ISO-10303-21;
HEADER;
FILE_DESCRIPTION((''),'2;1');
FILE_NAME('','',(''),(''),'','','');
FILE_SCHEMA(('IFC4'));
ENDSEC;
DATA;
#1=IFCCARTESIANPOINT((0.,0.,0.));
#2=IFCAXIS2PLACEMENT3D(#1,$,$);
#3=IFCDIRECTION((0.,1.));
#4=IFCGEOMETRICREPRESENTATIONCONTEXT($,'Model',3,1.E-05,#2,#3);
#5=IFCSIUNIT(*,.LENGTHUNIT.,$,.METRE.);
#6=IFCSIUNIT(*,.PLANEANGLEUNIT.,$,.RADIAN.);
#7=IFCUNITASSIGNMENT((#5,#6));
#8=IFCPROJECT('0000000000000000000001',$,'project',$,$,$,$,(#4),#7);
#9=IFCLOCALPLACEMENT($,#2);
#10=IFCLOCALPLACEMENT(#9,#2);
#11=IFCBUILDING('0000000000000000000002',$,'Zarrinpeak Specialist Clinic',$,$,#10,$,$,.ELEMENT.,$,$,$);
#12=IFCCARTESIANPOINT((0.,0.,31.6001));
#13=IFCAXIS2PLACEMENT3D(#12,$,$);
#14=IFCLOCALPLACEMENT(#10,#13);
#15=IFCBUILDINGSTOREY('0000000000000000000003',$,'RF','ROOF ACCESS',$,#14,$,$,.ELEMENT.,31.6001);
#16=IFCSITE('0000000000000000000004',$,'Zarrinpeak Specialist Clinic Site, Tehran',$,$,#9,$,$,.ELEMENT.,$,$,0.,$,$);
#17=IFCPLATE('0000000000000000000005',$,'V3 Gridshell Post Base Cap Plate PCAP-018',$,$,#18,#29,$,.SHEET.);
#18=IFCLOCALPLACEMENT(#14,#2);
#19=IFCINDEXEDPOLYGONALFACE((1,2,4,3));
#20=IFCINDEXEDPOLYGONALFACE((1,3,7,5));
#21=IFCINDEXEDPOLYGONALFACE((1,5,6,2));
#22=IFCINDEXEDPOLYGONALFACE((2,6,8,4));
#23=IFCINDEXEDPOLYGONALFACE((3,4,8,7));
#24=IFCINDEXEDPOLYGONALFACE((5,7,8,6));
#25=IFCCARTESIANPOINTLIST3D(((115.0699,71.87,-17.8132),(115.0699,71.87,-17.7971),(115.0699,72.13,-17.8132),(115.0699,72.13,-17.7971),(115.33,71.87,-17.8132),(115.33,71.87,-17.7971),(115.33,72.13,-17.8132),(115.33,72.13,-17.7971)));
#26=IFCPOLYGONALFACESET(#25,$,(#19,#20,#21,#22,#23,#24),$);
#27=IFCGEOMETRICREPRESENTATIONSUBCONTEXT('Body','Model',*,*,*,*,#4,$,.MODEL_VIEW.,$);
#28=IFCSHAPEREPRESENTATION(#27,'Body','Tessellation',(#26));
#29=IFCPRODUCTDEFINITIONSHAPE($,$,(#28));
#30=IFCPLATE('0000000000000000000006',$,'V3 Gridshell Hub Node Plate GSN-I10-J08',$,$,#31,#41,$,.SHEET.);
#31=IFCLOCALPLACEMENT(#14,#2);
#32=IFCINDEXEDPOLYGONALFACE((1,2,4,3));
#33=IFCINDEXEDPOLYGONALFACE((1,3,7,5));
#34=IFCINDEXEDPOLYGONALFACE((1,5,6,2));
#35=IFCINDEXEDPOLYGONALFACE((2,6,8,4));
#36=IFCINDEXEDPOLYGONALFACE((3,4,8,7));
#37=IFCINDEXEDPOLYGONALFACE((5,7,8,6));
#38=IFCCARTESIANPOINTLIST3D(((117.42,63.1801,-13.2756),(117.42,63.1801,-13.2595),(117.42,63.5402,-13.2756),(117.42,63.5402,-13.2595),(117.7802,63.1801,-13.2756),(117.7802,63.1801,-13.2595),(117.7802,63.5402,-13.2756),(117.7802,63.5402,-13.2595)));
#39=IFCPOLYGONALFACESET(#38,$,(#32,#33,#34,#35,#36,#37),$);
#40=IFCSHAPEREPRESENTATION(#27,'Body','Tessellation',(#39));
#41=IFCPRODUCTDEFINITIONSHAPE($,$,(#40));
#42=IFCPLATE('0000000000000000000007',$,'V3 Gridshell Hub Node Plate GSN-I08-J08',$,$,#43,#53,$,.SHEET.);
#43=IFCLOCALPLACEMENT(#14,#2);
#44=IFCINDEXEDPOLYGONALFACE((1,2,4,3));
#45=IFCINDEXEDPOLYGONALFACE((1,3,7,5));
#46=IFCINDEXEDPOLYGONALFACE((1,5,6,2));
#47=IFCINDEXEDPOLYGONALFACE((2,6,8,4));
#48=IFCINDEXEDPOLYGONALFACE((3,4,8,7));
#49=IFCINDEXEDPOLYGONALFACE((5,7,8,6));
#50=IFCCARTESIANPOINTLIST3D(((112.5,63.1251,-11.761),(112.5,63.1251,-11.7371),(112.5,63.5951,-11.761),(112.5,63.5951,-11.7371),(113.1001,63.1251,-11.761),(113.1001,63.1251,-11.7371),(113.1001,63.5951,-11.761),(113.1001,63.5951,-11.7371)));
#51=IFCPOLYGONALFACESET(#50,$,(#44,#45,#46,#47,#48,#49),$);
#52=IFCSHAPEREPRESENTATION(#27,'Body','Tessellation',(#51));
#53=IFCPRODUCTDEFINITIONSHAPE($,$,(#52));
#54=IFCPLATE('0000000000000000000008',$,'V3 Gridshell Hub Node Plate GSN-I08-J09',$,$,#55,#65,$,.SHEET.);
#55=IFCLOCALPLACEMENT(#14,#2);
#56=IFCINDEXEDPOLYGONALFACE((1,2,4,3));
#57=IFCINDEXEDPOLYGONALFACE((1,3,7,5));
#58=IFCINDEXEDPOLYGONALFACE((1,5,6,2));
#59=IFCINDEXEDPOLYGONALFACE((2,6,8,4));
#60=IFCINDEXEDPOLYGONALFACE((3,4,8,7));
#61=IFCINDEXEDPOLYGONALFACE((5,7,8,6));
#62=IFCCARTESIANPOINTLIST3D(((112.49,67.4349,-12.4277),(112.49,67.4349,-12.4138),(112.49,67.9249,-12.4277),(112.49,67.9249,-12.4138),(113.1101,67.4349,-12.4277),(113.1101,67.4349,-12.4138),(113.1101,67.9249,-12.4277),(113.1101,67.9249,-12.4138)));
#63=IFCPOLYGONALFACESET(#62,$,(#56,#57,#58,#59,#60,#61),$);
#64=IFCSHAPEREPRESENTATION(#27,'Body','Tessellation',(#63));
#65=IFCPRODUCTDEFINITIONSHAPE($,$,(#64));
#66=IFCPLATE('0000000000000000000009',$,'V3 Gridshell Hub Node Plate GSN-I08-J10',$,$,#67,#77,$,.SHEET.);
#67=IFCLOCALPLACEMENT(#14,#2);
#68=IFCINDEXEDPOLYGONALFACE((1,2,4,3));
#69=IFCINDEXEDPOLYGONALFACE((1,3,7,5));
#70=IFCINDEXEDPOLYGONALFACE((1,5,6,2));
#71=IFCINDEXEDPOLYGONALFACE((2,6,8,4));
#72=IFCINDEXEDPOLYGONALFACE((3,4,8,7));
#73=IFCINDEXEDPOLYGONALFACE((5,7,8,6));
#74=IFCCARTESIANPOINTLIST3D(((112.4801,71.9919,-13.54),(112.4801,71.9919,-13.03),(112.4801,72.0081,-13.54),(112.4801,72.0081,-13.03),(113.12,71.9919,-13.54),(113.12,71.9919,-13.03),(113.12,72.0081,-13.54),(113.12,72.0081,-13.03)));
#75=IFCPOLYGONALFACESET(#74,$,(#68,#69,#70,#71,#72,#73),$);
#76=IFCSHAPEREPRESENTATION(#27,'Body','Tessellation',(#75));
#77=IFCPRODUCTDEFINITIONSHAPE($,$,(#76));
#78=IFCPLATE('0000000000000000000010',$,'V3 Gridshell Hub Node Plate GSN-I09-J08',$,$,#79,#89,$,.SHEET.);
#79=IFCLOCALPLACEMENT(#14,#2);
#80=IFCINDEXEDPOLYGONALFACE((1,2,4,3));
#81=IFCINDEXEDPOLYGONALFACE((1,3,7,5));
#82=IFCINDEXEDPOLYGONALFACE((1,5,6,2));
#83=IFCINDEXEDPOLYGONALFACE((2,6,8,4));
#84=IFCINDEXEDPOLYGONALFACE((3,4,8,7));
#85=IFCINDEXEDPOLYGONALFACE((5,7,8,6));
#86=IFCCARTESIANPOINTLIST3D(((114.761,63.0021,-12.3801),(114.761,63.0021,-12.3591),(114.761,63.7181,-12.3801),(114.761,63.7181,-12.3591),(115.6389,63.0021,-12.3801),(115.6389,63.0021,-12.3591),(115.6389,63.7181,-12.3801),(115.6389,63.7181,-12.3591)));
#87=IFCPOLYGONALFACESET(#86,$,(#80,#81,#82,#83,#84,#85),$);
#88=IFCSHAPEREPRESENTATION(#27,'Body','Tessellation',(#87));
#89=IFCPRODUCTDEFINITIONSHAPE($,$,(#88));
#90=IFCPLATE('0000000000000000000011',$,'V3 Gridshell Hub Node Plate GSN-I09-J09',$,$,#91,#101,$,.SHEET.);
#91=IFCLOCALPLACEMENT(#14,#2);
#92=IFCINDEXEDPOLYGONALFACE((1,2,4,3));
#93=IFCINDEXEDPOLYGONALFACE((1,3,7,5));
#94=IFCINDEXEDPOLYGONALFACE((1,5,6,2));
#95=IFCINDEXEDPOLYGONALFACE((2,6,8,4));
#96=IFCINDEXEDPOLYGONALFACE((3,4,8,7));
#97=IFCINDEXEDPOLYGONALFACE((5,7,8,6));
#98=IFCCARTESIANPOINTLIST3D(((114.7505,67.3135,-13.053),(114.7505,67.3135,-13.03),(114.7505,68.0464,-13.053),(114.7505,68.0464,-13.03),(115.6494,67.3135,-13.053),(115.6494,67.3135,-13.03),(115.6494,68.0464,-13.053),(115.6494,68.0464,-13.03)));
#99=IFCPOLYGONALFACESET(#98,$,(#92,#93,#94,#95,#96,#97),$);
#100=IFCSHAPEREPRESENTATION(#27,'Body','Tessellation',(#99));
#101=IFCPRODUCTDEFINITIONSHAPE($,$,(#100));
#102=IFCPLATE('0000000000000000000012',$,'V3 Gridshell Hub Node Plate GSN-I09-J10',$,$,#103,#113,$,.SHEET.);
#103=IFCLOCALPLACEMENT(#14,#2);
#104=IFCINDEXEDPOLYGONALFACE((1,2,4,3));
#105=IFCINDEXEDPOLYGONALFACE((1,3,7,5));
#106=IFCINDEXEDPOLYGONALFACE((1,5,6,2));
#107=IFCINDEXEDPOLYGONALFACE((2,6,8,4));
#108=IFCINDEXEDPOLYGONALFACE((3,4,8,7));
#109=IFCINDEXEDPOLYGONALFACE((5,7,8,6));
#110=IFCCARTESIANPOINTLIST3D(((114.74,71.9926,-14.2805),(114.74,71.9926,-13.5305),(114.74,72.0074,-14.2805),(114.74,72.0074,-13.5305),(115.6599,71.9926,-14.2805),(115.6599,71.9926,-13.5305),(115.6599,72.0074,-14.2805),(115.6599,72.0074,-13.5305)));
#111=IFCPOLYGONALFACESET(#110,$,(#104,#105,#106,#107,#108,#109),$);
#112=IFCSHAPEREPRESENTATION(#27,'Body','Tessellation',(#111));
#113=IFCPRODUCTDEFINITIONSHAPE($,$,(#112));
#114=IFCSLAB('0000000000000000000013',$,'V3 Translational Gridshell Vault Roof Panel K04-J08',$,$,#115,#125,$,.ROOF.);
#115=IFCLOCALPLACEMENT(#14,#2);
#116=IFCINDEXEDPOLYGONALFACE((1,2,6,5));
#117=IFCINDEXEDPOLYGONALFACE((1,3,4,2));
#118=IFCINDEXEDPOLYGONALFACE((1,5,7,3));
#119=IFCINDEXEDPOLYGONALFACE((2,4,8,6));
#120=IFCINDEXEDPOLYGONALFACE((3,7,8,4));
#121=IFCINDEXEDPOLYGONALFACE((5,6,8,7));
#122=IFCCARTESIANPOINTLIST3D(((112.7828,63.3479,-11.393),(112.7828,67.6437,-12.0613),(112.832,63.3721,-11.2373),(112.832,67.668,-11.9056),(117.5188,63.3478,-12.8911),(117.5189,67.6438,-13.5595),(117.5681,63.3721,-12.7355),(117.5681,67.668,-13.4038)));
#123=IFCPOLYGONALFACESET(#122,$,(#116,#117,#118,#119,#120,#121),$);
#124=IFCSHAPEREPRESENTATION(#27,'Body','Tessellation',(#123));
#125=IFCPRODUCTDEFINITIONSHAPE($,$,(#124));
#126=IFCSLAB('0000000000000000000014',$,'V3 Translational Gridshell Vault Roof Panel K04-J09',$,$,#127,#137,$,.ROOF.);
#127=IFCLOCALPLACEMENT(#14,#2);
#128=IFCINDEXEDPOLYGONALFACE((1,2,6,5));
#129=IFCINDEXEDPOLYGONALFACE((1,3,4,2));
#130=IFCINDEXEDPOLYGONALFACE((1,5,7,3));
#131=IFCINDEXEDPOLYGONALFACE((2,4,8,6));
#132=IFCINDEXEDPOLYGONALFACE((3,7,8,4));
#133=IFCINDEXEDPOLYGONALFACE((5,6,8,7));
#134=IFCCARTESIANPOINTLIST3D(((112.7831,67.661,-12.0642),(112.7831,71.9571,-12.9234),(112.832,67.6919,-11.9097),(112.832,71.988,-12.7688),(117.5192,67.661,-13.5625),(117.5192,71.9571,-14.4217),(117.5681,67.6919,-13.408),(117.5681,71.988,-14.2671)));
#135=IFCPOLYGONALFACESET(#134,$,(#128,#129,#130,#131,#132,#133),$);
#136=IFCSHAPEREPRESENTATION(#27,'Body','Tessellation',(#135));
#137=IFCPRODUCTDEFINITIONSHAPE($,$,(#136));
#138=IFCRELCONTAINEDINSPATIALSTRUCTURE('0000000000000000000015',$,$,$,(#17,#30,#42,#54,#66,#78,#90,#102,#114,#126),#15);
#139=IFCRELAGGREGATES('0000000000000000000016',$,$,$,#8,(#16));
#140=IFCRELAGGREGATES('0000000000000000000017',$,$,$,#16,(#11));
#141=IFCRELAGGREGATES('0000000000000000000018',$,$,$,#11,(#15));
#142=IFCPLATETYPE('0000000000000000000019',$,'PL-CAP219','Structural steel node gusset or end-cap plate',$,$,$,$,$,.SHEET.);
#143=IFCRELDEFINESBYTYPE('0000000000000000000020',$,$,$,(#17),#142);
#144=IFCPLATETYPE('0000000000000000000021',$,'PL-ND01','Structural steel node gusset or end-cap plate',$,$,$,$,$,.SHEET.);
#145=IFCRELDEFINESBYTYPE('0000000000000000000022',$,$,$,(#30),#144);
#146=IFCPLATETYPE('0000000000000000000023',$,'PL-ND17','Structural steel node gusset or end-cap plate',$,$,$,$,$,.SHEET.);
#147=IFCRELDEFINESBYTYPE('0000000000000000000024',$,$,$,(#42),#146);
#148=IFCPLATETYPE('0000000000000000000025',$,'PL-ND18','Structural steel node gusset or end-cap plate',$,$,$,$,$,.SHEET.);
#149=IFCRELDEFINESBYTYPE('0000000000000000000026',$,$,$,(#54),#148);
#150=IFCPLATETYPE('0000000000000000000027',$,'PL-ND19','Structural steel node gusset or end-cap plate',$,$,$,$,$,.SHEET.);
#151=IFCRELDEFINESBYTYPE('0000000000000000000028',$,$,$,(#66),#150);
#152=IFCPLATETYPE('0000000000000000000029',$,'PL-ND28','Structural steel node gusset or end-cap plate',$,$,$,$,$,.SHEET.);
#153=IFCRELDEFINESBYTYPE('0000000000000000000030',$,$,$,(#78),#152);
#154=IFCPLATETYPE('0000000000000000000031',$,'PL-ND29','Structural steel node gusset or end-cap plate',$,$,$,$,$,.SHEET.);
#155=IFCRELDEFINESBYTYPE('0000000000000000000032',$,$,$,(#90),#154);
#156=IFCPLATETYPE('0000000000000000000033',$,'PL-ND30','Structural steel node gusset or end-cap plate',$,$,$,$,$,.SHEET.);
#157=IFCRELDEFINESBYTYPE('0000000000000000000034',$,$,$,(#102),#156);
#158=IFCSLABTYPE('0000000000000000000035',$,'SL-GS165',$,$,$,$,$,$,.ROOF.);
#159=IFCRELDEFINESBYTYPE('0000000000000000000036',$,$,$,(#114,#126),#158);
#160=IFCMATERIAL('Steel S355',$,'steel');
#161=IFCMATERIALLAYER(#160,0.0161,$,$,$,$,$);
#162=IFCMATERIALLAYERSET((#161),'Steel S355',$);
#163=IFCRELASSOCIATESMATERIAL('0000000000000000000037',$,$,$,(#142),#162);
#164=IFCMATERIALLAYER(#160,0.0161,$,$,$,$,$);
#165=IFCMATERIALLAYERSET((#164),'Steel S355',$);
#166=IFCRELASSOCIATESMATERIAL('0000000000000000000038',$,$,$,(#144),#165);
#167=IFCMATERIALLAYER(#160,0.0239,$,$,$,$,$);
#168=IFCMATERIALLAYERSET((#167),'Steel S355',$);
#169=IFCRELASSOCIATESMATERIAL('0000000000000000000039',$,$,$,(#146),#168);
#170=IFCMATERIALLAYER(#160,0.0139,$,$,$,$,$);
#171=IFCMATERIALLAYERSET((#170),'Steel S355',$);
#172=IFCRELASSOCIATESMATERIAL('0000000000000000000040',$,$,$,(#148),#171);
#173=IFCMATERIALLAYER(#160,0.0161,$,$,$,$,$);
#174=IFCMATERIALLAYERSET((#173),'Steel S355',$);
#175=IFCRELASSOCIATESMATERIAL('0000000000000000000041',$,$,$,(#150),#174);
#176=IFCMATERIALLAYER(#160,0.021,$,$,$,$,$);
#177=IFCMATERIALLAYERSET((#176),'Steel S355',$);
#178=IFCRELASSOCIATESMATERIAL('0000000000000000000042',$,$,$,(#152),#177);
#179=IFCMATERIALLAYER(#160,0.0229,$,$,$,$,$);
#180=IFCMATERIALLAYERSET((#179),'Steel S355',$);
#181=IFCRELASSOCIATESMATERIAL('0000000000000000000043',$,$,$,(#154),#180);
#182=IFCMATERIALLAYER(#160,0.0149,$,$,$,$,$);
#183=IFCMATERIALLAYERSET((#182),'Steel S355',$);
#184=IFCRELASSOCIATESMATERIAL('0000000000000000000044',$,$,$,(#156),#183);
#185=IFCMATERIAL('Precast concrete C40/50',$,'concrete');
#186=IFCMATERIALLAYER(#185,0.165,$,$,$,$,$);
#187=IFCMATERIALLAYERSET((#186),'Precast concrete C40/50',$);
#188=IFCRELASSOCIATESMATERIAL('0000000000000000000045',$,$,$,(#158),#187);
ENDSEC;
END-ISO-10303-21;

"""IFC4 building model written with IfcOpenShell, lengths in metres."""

from ifc_helpers import new_model, si_unit, direction, frame, origin, origin_2d, place, context, subcontext, project, spatial, polyline, rectangle, outline, extrude, material, layer, layer_set, type_object, element, save


model = new_model("IFC4")

# Units and contexts
model_context = context("Model", 3, precision=1e-05, world=origin(), true_north=direction((0.0, 1.0)))
body_context = subcontext(model_context, "Body", "Model", "MODEL_VIEW")
ifc_project = project(units=[si_unit("LENGTHUNIT", "METRE"), si_unit("PLANEANGLEUNIT", "RADIAN")], contexts=[model_context])

# Site, building, storey
site_placement = place(None, origin())
site = spatial("IfcSite", under=ifc_project, at=site_placement, Name="Zarrinpeak Specialist Clinic Site, Tehran", CompositionType="ELEMENT", RefElevation=0.0)
building_placement = place(site_placement, origin())
building = spatial("IfcBuilding", under=site, at=building_placement, Name="Zarrinpeak Specialist Clinic", CompositionType="ELEMENT")
storey_placement = place(building_placement, frame((0.0, 0.0, 31.6001)))
storey = spatial("IfcBuildingStorey", under=building, at=storey_placement, Name="RF", Description="ROOF ACCESS", CompositionType="ELEMENT", Elevation=31.6001)

# Shared definitions
ifc_material_1 = material(Name="Steel S355", Category="steel")

# Plates
ifc_layer_1 = layer(ifc_material_1, 0.0161)
ifc_layer_set_1 = layer_set([ifc_layer_1], Name="Steel S355")
plate_type_1 = type_object("IfcPlateType", Name="PL-CAP219", Description="Structural steel node gusset or end-cap plate", PredefinedType="SHEET", material=ifc_layer_set_1)
for number, where, z_axis, x_axis, name in (
    (1, (115.2, 72.0, -17.8132), (0.0, 0.0, 1.0), (1.0, 0.0, 0.0), "V3 Gridshell Post Base Cap Plate PCAP-018"),
):
    element("IfcPlate", number, at=place(storey_placement, frame(where, z_axis=z_axis, x_axis=x_axis)), inside=storey, type_object=plate_type_1, Name=name, PredefinedType="SHEET", context=body_context, shape_type="SweptSolid", body=[
        extrude(rectangle(XDim=0.26, YDim=0.26, at=origin_2d()), origin(), (0.0, 0.0, 1.0), 0.0161),
    ])
ifc_layer_2 = layer(ifc_material_1, 0.0161)
ifc_layer_set_2 = layer_set([ifc_layer_2], Name="Steel S355")
plate_type_2 = type_object("IfcPlateType", Name="PL-ND01", Description="Structural steel node gusset or end-cap plate", PredefinedType="SHEET", material=ifc_layer_set_2)
plate_1_placement = place(storey_placement, frame((117.6001, 63.3601, -13.2756), z_axis=(0.0, 0.0, 1.0), x_axis=(1.0, 0.0, 0.0)))
element("IfcPlate", 2, at=plate_1_placement, inside=storey, type_object=plate_type_2, Name="V3 Gridshell Hub Node Plate GSN-I10-J08", PredefinedType="SHEET", context=body_context, shape_type="SweptSolid", body=[
    extrude(rectangle(XDim=0.3601, YDim=0.3601, at=origin_2d()), origin(), (0.0, 0.0, 1.0), 0.0161),
])
ifc_layer_3 = layer(ifc_material_1, 0.0239)
ifc_layer_set_3 = layer_set([ifc_layer_3], Name="Steel S355")
plate_type_3 = type_object("IfcPlateType", Name="PL-ND17", Description="Structural steel node gusset or end-cap plate", PredefinedType="SHEET", material=ifc_layer_set_3)
plate_2_placement = place(storey_placement, frame((112.8, 63.3601, -11.761), z_axis=(0.0, 0.0, 1.0), x_axis=(1.0, 0.0, 0.0)))
element("IfcPlate", 3, at=plate_2_placement, inside=storey, type_object=plate_type_3, Name="V3 Gridshell Hub Node Plate GSN-I08-J08", PredefinedType="SHEET", context=body_context, shape_type="SweptSolid", body=[
    extrude(rectangle(XDim=0.6001, YDim=0.47, at=origin_2d()), origin(), (0.0, 0.0, 1.0), 0.0239),
])
ifc_layer_4 = layer(ifc_material_1, 0.0139)
ifc_layer_set_4 = layer_set([ifc_layer_4], Name="Steel S355")
plate_type_4 = type_object("IfcPlateType", Name="PL-ND18", Description="Structural steel node gusset or end-cap plate", PredefinedType="SHEET", material=ifc_layer_set_4)
plate_3_placement = place(storey_placement, frame((112.8, 67.6799, -12.4277), z_axis=(0.0, 0.0, 1.0), x_axis=(1.0, 0.0, 0.0)))
element("IfcPlate", 4, at=plate_3_placement, inside=storey, type_object=plate_type_4, Name="V3 Gridshell Hub Node Plate GSN-I08-J09", PredefinedType="SHEET", context=body_context, shape_type="SweptSolid", body=[
    extrude(rectangle(XDim=0.6201, YDim=0.49, at=origin_2d()), origin(), (0.0, 0.0, 1.0), 0.0139),
])
ifc_layer_5 = layer(ifc_material_1, 0.0161)
ifc_layer_set_5 = layer_set([ifc_layer_5], Name="Steel S355")
plate_type_5 = type_object("IfcPlateType", Name="PL-ND19", Description="Structural steel node gusset or end-cap plate", PredefinedType="SHEET", material=ifc_layer_set_5)
plate_4_placement = place(storey_placement, frame((112.8, 72.0, -13.54), z_axis=(0.0, 0.0, 1.0), x_axis=(1.0, 0.0, 0.0)))
element("IfcPlate", 5, at=plate_4_placement, inside=storey, type_object=plate_type_5, Name="V3 Gridshell Hub Node Plate GSN-I08-J10", PredefinedType="SHEET", context=body_context, shape_type="SweptSolid", body=[
    extrude(rectangle(XDim=0.6399, YDim=0.0161, at=origin_2d()), origin(), (0.0, 0.0, 1.0), 0.51),
])
ifc_layer_6 = layer(ifc_material_1, 0.021)
ifc_layer_set_6 = layer_set([ifc_layer_6], Name="Steel S355")
plate_type_6 = type_object("IfcPlateType", Name="PL-ND28", Description="Structural steel node gusset or end-cap plate", PredefinedType="SHEET", material=ifc_layer_set_6)
plate_5_placement = place(storey_placement, frame((115.2, 63.3601, -12.3801), z_axis=(0.0, 0.0, 1.0), x_axis=(1.0, 0.0, 0.0)))
element("IfcPlate", 6, at=plate_5_placement, inside=storey, type_object=plate_type_6, Name="V3 Gridshell Hub Node Plate GSN-I09-J08", PredefinedType="SHEET", context=body_context, shape_type="SweptSolid", body=[
    extrude(rectangle(XDim=0.8779, YDim=0.7161, at=origin_2d()), origin(), (0.0, 0.0, 1.0), 0.021),
])
ifc_layer_7 = layer(ifc_material_1, 0.0229)
ifc_layer_set_7 = layer_set([ifc_layer_7], Name="Steel S355")
plate_type_7 = type_object("IfcPlateType", Name="PL-ND29", Description="Structural steel node gusset or end-cap plate", PredefinedType="SHEET", material=ifc_layer_set_7)
plate_6_placement = place(storey_placement, frame((115.2, 67.6799, -13.053), z_axis=(0.0, 0.0, 1.0), x_axis=(1.0, 0.0, 0.0)))
element("IfcPlate", 7, at=plate_6_placement, inside=storey, type_object=plate_type_7, Name="V3 Gridshell Hub Node Plate GSN-I09-J09", PredefinedType="SHEET", context=body_context, shape_type="SweptSolid", body=[
    extrude(rectangle(XDim=0.8989, YDim=0.7329, at=origin_2d()), origin(), (0.0, 0.0, 1.0), 0.0229),
])
ifc_layer_8 = layer(ifc_material_1, 0.0149)
ifc_layer_set_8 = layer_set([ifc_layer_8], Name="Steel S355")
plate_type_8 = type_object("IfcPlateType", Name="PL-ND30", Description="Structural steel node gusset or end-cap plate", PredefinedType="SHEET", material=ifc_layer_set_8)
plate_7_placement = place(storey_placement, frame((115.2, 72.0, -14.2805), z_axis=(0.0, 0.0, 1.0), x_axis=(1.0, 0.0, 0.0)))
element("IfcPlate", 8, at=plate_7_placement, inside=storey, type_object=plate_type_8, Name="V3 Gridshell Hub Node Plate GSN-I09-J10", PredefinedType="SHEET", context=body_context, shape_type="SweptSolid", body=[
    extrude(rectangle(XDim=0.9199, YDim=0.0149, at=origin_2d()), origin(), (0.0, 0.0, 1.0), 0.75),
])

# Slabs
ifc_material_2 = material(Name="Precast concrete C40/50", Category="concrete")
ifc_layer_9 = layer(ifc_material_2, 0.165)
ifc_layer_set_9 = layer_set([ifc_layer_9], Name="Precast concrete C40/50")
slab_type = type_object("IfcSlabType", Name="SL-GS165", PredefinedType="ROOF", material=ifc_layer_set_9)
slab_1_placement = place(storey_placement, frame((112.832, 63.3721, -11.2373), z_axis=(0.298336, 0.146725, 0.943116), x_axis=(0.953435, -0.000003, -0.3016)))
element("IfcSlab", 9, at=slab_1_placement, inside=storey, type_object=slab_type, Name="V3 Translational Gridshell Vault Roof Panel K04-J08", PredefinedType="ROOF", context=body_context, shape_type="SweptSolid", body=[
    extrude(outline(polyline([(0.0, 0.0), (4.9674, 0.0), (5.1689, 4.3429), (0.2015, 4.3429), (0.0, 0.0)])), origin(), (0.0, 0.0, -1.0), 0.165),
])
slab_2_placement = place(storey_placement, frame((112.832, 67.6919, -11.9097), z_axis=(0.296286, 0.18729, 0.936556), x_axis=(0.953427, 0.0, -0.301623)))
element("IfcSlab", 10, at=slab_2_placement, inside=storey, type_object=slab_type, Name="V3 Translational Gridshell Vault Roof Panel K04-J09", PredefinedType="ROOF", context=body_context, shape_type="SweptSolid", body=[
    extrude(outline(polyline([(0.0, 0.0), (4.9674, 0.0), (5.2266, 4.3735), (0.2591, 4.3735), (0.0, 0.0)])), origin(), (0.0, 0.0, -1.0), 0.165),
])

save(model, "model.ifc")
